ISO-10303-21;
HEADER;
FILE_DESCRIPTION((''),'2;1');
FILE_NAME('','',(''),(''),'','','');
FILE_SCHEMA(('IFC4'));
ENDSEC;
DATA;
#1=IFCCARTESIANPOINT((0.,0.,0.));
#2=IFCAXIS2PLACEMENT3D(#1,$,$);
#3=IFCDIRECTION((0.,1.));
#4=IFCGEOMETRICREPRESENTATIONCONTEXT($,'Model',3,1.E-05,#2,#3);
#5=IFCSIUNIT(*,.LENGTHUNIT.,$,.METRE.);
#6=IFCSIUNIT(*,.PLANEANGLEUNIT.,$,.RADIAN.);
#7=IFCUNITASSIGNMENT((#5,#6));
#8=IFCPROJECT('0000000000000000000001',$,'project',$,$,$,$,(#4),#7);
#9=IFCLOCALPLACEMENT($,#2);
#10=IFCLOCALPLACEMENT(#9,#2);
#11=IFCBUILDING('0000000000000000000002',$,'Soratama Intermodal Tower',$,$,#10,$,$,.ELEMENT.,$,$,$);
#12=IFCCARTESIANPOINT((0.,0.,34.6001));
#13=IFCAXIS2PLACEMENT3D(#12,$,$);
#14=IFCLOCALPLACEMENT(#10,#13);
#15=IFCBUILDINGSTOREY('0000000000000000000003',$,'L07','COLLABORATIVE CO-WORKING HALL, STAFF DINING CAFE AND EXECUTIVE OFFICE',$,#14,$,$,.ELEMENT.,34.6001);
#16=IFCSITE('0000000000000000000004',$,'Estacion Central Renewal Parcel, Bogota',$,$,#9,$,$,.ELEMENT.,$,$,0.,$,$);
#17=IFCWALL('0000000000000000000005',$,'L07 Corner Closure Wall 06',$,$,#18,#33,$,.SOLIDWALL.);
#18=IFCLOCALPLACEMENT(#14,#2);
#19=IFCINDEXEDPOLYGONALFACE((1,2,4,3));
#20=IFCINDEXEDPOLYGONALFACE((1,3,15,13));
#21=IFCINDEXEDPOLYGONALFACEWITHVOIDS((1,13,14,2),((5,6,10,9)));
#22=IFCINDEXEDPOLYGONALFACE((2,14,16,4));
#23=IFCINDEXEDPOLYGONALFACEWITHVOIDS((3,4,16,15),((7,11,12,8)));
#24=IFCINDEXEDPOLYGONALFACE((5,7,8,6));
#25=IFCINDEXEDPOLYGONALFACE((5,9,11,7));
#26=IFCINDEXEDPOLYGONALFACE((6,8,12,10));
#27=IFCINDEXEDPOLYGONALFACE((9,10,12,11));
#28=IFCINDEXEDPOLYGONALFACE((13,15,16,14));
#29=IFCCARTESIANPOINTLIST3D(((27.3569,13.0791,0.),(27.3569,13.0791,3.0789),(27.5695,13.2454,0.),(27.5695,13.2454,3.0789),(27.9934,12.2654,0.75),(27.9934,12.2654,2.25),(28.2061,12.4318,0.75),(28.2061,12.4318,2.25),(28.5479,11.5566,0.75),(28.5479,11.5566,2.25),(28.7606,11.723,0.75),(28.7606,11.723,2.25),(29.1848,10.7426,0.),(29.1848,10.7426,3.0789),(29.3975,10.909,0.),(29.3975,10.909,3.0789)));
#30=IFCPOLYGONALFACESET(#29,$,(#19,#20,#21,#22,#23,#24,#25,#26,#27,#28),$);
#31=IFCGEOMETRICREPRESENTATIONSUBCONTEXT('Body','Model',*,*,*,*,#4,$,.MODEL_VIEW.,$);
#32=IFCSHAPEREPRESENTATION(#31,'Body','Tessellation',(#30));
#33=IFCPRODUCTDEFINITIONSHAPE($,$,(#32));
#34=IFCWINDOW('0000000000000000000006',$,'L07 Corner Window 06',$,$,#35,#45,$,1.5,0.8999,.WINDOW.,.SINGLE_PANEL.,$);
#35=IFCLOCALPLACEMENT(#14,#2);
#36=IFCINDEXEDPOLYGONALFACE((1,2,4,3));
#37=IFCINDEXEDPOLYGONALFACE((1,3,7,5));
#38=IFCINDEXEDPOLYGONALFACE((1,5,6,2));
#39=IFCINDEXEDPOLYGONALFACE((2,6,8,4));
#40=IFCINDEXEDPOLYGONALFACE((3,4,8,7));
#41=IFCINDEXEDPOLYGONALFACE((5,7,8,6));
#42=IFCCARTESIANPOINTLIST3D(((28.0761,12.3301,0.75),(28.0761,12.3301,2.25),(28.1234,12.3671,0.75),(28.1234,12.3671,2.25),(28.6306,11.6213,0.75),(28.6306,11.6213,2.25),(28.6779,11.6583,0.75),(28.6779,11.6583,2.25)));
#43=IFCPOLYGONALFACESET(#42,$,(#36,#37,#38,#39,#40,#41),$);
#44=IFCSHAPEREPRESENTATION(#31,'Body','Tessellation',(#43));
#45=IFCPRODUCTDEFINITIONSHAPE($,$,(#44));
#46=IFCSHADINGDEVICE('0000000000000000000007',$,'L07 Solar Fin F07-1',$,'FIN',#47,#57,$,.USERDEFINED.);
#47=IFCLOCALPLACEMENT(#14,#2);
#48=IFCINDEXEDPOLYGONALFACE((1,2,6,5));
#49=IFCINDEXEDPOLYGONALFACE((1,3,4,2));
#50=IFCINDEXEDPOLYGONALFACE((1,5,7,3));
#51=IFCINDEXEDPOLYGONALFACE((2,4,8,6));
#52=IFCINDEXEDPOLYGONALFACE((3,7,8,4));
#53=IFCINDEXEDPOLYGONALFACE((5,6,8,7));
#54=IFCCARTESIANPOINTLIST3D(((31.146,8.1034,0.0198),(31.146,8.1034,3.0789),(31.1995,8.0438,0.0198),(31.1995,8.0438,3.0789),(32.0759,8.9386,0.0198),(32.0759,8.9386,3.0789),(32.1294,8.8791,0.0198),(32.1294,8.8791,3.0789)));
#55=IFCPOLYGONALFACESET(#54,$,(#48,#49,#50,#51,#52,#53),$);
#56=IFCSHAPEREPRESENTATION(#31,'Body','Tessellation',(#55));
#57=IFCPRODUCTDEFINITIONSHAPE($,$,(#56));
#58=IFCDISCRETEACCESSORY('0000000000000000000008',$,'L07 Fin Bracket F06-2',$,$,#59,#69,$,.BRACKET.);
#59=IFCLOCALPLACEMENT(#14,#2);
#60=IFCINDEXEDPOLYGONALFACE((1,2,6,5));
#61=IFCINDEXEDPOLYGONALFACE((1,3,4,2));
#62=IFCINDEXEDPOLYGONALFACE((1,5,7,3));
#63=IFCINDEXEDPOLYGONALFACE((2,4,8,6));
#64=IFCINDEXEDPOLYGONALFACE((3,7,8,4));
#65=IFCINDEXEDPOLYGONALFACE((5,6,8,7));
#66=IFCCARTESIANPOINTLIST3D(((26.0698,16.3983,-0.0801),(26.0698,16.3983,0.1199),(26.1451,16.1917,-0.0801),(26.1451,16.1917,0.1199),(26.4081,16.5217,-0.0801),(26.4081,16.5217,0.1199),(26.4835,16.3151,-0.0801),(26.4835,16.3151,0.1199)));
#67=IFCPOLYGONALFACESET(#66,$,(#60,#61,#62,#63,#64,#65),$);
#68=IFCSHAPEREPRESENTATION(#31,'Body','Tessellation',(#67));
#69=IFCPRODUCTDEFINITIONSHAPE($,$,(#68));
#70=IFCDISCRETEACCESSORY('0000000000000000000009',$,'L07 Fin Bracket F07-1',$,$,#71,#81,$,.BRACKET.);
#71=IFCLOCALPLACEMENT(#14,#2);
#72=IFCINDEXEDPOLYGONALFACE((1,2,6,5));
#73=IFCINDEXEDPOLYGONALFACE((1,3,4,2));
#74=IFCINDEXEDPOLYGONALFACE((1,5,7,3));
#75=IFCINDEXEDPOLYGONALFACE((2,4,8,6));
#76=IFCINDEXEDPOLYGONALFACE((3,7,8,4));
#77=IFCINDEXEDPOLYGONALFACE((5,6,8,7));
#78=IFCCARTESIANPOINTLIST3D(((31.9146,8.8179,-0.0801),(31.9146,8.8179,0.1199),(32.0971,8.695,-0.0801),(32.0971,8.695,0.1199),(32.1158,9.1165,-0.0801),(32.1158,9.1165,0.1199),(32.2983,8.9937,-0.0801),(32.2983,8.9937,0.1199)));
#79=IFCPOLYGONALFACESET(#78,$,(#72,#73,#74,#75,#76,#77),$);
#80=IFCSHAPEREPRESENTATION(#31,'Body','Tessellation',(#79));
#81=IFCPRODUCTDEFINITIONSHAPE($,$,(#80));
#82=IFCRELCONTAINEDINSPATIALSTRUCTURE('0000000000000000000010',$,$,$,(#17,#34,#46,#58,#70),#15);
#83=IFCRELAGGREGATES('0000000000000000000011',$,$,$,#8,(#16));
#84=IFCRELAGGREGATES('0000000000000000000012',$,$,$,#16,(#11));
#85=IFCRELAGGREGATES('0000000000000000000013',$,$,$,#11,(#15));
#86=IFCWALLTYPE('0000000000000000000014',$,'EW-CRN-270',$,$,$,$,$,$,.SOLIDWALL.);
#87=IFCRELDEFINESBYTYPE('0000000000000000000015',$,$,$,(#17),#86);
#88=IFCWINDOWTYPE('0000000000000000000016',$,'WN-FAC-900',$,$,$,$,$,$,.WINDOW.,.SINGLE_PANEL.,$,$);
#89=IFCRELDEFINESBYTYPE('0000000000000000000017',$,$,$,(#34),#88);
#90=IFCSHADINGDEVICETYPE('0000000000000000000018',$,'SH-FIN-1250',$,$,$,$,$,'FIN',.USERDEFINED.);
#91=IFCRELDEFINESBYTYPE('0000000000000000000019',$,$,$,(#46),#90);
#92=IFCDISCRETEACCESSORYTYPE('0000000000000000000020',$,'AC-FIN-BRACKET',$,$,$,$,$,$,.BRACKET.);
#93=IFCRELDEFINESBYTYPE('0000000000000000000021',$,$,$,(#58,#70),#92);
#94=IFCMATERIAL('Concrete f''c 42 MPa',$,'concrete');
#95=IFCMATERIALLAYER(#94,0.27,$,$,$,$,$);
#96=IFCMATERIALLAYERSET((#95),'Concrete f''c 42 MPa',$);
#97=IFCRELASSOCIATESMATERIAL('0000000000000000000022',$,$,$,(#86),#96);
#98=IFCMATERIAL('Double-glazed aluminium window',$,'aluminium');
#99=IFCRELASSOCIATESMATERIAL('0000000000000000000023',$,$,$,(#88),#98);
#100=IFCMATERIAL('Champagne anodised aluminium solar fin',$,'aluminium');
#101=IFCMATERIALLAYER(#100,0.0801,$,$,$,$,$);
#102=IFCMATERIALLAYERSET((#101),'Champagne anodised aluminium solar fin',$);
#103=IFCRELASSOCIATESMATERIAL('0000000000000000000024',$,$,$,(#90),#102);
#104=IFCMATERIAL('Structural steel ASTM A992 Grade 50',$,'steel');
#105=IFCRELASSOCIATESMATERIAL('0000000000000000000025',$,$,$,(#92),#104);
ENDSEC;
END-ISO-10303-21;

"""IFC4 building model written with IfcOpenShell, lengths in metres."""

from ifc_helpers import new_model, si_unit, direction, frame, frame_2d, origin, origin_2d, place, context, subcontext, project, spatial, rectangle, extrude, material, layer, layer_set, type_object, element, fill, save


model = new_model("IFC4")

# Units and contexts
model_context = context("Model", 3, precision=1e-05, world=origin(), true_north=direction((0.0, 1.0)))
body_context = subcontext(model_context, "Body", "Model", "MODEL_VIEW")
ifc_project = project(units=[si_unit("LENGTHUNIT", "METRE"), si_unit("PLANEANGLEUNIT", "RADIAN")], contexts=[model_context])

# Site, building, storey
site_placement = place(None, origin())
site = spatial("IfcSite", under=ifc_project, at=site_placement, Name="Estacion Central Renewal Parcel, Bogota", CompositionType="ELEMENT", RefElevation=0.0)
building_placement = place(site_placement, origin())
building = spatial("IfcBuilding", under=site, at=building_placement, Name="Soratama Intermodal Tower", CompositionType="ELEMENT")
storey_placement = place(building_placement, frame((0.0, 0.0, 34.6001)))
storey = spatial("IfcBuildingStorey", under=building, at=storey_placement, Name="L07", Description="COLLABORATIVE CO-WORKING HALL, STAFF DINING CAFE AND EXECUTIVE OFFICE", CompositionType="ELEMENT", Elevation=34.6001)

# Wall, opening, window
ifc_material_1 = material(Name="Concrete f'c 42 MPa", Category="concrete")
ifc_layer_1 = layer(ifc_material_1, 0.27)
ifc_layer_set_1 = layer_set([ifc_layer_1], Name="Concrete f'c 42 MPa")
wall_type = type_object("IfcWallType", Name="EW-CRN-270", PredefinedType="SOLIDWALL", material=ifc_layer_set_1)
wall_placement = place(storey_placement, frame((27.4631, 13.1624, 0.0), z_axis=(0.0, 0.0, 1.0), x_axis=(0.616177, -0.787607, 0.0)))
wall = element("IfcWall", 1, at=wall_placement, inside=storey, type_object=wall_type, Name="L07 Corner Closure Wall 06", PredefinedType="SOLIDWALL", context=body_context, shape_type="SweptSolid", body=[
    extrude(rectangle(XDim=2.9666, YDim=0.27, at=frame_2d((1.4834, 0.0))), origin(), (0.0, 0.0, 1.0), 3.0789),
])
opening_placement = place(wall_placement, frame((1.0332, 0.0, 0.75)))
opening = element("IfcOpeningElement", 2, at=opening_placement, cuts=wall, PredefinedType="OPENING", context=body_context, shape_type="SweptSolid", body=[
    extrude(rectangle(XDim=0.8999, YDim=1.5, at=frame_2d((0.45, 0.75))), frame((0.0, 0.145, 0.0), z_axis=(0.0, -1.0, 0.0), x_axis=(1.0, 0.0, 0.0)), (0.0, 0.0, 1.0), 0.29),
])
ifc_material_2 = material(Name="Double-glazed aluminium window", Category="aluminium")
window_type = type_object("IfcWindowType", Name="WN-FAC-900", PartitioningType="SINGLE_PANEL", PredefinedType="WINDOW", material=ifc_material_2)
window_placement = place(opening_placement, origin())
window = element("IfcWindow", 3, at=window_placement, inside=storey, type_object=window_type, Name="L07 Corner Window 06", OverallHeight=1.5, OverallWidth=0.8999, PartitioningType="SINGLE_PANEL", PredefinedType="WINDOW", context=body_context, shape_type="SweptSolid", body=[
    extrude(rectangle(XDim=0.8999, YDim=1.5, at=frame_2d((0.45, 0.75))), frame((0.0, 0.03, 0.0), z_axis=(0.0, -1.0, 0.0), x_axis=(1.0, 0.0, 0.0)), (0.0, 0.0, 1.0), 0.0601),
])
fill(opening, window)

# Shading device
ifc_material_3 = material(Name="Champagne anodised aluminium solar fin", Category="aluminium")
ifc_layer_2 = layer(ifc_material_3, 0.0801)
ifc_layer_set_2 = layer_set([ifc_layer_2], Name="Champagne anodised aluminium solar fin")
shading_device_type = type_object("IfcShadingDeviceType", Name="SH-FIN-1250", ElementType="FIN", PredefinedType="USERDEFINED", material=ifc_layer_set_2)
shading_device_placement = place(storey_placement, frame((31.6377, 8.4912, 0.0198), z_axis=(0.0, 0.0, 1.0), x_axis=(-0.743962, -0.668222, 0.0)))
element("IfcShadingDevice", 4, at=shading_device_placement, inside=storey, type_object=shading_device_type, Name="L07 Solar Fin F07-1", ObjectType="FIN", PredefinedType="USERDEFINED", context=body_context, shape_type="SweptSolid", body=[
    extrude(rectangle(XDim=1.25, YDim=0.0801, at=origin_2d()), origin(), (0.0, 0.0, 1.0), 3.0591),
])

# Discrete accessories
ifc_material_4 = material(Name="Structural steel ASTM A992 Grade 50", Category="steel")
discrete_accessory_type = type_object("IfcDiscreteAccessoryType", Name="AC-FIN-BRACKET", PredefinedType="BRACKET", material=ifc_material_4)
for number, where, z_axis, x_axis, name in (
    (5, (26.2766, 16.3567, -0.0801), (0.0, 0.0, 1.0), (-0.939454, -0.342676, 0.0), "L07 Fin Bracket F06-2"),
    (6, (32.1064, 8.9058, -0.0801), (0.0, 0.0, 1.0), (-0.558614, -0.829428, 0.0), "L07 Fin Bracket F07-1"),
):
    element("IfcDiscreteAccessory", number, at=place(storey_placement, frame(where, z_axis=z_axis, x_axis=x_axis)), inside=storey, type_object=discrete_accessory_type, Name=name, PredefinedType="BRACKET", context=body_context, shape_type="SweptSolid", body=[
        extrude(rectangle(XDim=0.3601, YDim=0.22, at=origin_2d()), origin(), (0.0, 0.0, 1.0), 0.2),
    ])

save(model, "model.ifc")
